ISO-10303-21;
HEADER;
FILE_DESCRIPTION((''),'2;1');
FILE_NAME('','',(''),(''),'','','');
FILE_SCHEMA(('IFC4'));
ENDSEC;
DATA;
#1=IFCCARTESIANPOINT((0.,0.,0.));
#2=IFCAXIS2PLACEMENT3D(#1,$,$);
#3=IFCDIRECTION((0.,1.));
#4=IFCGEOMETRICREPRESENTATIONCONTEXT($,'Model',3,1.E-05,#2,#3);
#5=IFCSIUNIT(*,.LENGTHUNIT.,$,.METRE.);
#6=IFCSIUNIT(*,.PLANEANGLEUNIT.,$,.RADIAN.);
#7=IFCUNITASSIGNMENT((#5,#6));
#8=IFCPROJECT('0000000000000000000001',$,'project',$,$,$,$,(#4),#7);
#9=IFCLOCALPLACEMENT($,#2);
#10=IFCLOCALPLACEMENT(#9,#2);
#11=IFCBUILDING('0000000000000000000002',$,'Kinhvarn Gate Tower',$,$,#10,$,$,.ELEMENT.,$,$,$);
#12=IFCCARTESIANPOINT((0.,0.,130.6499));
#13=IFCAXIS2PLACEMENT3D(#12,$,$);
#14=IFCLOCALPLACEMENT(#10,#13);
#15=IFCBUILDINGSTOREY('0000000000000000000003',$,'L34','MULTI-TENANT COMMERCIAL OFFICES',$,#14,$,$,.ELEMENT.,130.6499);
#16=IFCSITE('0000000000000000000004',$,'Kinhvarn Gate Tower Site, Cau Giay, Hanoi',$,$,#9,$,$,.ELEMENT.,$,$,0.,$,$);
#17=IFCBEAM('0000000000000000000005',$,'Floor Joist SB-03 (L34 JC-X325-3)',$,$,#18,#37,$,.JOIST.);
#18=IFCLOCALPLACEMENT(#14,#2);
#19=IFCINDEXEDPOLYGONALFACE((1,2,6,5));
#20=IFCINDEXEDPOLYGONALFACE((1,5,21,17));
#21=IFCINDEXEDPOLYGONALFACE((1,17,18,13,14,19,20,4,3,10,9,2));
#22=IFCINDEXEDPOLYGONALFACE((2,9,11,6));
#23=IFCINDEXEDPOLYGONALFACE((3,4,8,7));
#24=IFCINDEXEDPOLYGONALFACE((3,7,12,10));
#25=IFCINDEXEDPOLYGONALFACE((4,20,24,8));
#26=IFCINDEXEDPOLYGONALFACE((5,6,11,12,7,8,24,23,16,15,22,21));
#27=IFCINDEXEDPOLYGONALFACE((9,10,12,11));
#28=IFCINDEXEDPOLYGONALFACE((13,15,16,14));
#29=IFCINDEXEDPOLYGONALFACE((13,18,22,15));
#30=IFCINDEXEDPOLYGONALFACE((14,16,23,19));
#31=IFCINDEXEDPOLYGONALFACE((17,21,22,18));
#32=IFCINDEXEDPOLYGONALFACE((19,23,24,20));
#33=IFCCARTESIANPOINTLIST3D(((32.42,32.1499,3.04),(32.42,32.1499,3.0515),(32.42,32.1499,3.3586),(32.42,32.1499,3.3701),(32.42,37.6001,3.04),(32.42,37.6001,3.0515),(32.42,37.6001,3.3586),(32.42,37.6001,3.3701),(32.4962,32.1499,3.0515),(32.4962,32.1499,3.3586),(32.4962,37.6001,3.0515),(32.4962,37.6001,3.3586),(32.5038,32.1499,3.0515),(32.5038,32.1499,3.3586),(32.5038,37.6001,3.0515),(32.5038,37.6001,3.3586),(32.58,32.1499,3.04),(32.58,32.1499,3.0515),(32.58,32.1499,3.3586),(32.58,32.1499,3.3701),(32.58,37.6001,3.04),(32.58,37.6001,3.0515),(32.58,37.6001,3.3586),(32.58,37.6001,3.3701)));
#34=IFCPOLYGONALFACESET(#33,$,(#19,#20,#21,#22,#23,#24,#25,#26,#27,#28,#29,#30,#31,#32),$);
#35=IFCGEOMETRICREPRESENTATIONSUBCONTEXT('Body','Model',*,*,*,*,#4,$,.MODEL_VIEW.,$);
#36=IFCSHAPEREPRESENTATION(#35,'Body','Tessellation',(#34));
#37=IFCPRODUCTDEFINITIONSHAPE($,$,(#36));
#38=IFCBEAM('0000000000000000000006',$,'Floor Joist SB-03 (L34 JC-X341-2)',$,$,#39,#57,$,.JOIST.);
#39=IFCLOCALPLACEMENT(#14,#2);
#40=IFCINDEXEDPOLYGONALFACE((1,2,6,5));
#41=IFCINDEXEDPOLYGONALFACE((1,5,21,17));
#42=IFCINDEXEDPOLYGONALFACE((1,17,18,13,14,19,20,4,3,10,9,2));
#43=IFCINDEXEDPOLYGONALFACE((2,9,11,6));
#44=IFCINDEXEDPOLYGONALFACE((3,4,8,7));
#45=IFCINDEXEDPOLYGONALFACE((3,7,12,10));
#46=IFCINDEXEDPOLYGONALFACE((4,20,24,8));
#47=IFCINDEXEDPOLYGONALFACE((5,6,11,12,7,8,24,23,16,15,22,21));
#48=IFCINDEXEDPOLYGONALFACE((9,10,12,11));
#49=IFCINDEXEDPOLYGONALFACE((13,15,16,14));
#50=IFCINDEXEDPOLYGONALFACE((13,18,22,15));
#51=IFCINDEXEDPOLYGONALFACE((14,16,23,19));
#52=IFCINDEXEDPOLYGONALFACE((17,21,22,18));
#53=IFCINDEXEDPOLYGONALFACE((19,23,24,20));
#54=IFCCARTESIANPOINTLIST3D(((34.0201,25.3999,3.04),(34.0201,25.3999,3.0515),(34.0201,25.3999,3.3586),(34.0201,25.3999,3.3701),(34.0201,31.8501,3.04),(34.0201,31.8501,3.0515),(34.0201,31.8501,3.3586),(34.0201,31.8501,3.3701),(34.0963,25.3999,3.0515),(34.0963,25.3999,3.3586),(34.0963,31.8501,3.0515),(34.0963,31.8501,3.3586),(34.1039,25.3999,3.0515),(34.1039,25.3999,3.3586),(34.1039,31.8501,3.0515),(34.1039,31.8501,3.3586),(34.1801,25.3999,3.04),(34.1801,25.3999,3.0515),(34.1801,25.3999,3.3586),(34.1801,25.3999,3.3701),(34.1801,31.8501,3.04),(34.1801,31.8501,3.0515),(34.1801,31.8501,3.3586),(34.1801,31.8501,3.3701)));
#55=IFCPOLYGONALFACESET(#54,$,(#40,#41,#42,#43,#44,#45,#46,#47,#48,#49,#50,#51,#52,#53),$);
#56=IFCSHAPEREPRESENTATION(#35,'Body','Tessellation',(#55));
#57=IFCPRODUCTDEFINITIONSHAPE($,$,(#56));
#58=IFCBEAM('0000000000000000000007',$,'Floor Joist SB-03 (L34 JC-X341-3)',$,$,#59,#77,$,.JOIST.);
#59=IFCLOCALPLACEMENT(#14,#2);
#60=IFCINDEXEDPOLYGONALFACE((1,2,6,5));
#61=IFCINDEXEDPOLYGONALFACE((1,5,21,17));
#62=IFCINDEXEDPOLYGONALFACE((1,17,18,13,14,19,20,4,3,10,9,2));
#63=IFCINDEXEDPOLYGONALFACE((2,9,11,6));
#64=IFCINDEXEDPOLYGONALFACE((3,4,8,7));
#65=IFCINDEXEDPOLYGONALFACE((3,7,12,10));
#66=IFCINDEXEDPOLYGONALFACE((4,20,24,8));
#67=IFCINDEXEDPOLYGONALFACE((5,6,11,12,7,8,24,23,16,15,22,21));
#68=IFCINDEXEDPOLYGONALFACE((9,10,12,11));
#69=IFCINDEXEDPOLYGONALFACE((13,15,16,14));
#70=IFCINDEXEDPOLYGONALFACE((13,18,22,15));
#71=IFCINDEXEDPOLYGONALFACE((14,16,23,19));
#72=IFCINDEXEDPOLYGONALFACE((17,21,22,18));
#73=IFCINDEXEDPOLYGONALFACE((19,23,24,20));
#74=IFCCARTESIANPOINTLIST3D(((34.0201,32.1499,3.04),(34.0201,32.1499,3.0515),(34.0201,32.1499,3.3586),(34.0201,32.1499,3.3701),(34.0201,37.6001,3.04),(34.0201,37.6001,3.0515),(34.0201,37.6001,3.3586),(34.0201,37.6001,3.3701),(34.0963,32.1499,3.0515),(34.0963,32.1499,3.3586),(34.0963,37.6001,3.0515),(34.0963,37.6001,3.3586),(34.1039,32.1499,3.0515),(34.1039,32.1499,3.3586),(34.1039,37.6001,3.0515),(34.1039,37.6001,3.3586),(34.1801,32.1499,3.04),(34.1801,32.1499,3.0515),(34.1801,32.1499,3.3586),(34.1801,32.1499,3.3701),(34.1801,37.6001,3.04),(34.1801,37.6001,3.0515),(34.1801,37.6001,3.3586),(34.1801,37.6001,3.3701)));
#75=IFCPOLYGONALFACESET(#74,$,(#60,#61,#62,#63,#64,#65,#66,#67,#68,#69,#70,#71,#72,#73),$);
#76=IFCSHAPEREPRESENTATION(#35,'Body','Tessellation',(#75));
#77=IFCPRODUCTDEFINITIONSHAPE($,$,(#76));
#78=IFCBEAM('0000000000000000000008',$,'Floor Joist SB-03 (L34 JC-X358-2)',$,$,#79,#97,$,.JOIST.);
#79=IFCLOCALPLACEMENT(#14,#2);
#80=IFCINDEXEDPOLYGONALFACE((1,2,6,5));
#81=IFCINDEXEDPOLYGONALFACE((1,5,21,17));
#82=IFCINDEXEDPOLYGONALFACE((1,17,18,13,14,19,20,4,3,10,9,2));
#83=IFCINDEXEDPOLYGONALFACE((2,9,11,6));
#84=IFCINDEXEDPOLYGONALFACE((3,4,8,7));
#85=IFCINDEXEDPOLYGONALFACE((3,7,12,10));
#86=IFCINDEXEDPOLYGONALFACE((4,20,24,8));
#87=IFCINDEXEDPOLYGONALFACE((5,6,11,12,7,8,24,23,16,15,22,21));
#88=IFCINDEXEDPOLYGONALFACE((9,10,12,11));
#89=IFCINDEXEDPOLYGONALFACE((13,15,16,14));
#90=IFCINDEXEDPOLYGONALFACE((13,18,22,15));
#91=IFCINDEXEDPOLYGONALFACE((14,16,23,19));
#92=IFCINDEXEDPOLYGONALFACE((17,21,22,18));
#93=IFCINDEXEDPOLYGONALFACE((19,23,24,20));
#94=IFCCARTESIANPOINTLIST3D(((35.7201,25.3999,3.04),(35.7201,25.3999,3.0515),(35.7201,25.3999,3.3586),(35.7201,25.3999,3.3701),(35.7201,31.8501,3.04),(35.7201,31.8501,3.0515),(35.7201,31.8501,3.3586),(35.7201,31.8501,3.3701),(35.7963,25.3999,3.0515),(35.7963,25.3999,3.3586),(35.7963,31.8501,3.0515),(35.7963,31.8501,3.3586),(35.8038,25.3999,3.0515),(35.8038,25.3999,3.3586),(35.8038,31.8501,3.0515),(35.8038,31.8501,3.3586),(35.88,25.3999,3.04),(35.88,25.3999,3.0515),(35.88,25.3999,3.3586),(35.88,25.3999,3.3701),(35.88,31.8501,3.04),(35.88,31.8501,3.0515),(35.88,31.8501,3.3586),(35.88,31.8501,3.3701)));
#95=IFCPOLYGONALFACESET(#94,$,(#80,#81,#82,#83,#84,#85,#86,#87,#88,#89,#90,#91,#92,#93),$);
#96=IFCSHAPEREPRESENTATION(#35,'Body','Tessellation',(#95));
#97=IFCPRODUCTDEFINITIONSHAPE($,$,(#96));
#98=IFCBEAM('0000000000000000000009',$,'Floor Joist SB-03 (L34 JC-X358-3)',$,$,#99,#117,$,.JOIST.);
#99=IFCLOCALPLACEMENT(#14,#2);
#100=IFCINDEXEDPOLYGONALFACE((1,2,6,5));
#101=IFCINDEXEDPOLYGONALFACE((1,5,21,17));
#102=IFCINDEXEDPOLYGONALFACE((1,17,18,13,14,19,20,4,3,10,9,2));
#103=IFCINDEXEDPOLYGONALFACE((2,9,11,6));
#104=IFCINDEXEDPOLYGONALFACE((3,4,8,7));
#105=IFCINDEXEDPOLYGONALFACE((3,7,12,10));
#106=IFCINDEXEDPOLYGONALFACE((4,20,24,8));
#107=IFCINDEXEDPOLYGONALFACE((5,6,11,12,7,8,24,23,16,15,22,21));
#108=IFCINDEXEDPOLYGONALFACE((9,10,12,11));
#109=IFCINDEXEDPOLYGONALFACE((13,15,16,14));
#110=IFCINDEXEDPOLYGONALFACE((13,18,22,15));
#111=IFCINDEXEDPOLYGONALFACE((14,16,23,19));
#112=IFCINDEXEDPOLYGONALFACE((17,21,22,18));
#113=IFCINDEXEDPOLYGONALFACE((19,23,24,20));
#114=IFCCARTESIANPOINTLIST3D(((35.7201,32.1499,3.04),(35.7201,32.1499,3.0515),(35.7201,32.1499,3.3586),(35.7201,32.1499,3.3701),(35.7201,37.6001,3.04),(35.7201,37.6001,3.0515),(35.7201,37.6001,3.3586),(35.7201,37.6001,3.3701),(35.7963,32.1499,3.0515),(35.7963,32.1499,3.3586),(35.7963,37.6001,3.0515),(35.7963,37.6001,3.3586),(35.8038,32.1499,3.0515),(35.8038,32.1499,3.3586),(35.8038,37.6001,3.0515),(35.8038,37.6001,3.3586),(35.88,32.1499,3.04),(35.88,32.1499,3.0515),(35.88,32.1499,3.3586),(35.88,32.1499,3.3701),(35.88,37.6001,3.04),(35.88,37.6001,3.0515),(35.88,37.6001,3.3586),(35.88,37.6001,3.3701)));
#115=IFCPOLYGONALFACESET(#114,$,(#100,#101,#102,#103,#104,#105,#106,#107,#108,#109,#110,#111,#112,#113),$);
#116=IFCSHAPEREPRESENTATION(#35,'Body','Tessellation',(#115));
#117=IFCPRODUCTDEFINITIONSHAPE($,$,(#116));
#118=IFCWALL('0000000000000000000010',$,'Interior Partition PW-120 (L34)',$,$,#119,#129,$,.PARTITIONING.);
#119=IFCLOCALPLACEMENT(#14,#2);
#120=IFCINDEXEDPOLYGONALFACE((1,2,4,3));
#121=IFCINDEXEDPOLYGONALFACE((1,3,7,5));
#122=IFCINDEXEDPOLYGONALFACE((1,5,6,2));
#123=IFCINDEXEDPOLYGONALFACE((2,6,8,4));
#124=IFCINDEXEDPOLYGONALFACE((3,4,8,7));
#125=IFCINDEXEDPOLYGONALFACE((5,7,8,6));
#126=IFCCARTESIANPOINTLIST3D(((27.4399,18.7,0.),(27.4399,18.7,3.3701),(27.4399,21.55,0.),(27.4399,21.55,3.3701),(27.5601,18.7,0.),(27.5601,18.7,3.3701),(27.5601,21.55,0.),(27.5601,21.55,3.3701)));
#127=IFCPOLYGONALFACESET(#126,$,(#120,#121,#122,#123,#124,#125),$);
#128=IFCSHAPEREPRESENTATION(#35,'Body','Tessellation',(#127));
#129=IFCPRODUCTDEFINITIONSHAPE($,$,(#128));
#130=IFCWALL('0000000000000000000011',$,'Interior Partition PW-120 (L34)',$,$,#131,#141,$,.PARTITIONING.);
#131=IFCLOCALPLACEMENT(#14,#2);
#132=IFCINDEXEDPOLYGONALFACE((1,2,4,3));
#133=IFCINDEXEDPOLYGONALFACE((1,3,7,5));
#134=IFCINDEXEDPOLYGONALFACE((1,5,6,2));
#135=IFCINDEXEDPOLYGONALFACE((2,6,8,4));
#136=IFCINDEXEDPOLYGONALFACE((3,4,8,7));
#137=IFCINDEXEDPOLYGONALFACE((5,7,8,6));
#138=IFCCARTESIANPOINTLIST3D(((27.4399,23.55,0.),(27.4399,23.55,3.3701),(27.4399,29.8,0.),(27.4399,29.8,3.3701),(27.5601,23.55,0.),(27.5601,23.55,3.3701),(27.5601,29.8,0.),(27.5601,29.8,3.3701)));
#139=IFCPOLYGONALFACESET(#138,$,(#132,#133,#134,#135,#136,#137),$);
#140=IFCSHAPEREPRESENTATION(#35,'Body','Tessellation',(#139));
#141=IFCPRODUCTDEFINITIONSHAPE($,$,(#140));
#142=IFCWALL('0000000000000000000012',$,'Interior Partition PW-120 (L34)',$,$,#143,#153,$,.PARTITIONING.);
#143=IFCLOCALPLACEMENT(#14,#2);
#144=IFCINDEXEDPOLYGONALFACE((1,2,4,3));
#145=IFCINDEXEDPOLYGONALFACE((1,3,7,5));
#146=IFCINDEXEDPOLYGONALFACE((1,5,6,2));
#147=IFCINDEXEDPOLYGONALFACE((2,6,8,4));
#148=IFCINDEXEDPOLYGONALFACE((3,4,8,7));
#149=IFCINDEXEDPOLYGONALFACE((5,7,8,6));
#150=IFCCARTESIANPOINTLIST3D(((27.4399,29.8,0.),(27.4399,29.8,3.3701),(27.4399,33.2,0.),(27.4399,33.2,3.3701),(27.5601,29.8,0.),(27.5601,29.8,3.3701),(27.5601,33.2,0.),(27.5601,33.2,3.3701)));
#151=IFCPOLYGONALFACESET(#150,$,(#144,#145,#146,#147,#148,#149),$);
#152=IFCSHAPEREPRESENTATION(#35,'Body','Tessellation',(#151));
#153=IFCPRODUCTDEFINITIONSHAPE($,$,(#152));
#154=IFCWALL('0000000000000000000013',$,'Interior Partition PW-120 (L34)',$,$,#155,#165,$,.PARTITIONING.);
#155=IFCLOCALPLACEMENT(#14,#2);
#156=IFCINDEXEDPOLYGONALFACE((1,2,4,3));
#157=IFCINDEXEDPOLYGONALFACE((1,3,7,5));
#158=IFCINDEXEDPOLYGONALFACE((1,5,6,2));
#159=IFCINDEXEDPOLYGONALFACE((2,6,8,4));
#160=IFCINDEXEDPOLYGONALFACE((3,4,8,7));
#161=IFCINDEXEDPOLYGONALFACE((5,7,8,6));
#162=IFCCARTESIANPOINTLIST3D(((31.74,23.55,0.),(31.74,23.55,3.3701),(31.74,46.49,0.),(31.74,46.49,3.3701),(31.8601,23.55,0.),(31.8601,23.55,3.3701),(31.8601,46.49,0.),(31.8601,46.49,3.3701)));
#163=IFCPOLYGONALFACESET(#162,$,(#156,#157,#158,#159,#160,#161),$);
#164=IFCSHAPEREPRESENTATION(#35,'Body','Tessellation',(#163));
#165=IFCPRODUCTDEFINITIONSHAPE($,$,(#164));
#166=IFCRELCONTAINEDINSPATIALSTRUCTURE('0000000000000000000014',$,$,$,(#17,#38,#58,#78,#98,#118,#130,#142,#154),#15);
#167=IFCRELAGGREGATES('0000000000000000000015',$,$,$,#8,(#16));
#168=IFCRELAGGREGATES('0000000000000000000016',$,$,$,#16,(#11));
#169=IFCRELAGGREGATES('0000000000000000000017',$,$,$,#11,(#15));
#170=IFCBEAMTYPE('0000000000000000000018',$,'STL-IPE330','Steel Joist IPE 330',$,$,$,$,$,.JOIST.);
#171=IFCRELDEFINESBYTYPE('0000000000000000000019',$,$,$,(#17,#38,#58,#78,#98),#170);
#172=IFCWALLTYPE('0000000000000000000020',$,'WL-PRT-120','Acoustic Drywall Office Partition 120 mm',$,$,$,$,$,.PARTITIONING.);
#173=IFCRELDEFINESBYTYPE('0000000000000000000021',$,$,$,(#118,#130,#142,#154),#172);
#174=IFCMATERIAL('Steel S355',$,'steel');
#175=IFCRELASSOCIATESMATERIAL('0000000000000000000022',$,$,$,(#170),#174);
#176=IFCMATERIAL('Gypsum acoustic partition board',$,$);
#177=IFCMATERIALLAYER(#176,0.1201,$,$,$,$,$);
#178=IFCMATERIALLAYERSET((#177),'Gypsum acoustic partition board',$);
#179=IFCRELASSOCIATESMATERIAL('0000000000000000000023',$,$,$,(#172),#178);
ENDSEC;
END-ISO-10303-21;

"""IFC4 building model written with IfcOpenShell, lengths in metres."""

from ifc_helpers import new_model, si_unit, direction, frame, frame_2d, origin, origin_2d, place, context, subcontext, project, spatial, rectangle, i_section, extrude, material, layer, layer_set, material_profile, profile_set, type_object, element, save


model = new_model("IFC4")

# Units and contexts
model_context = context("Model", 3, precision=1e-05, world=origin(), true_north=direction((0.0, 1.0)))
body_context = subcontext(model_context, "Body", "Model", "MODEL_VIEW")
ifc_project = project(units=[si_unit("LENGTHUNIT", "METRE"), si_unit("PLANEANGLEUNIT", "RADIAN")], contexts=[model_context])

# Site, building, storey
site_placement = place(None, origin())
site = spatial("IfcSite", under=ifc_project, at=site_placement, Name="Kinhvarn Gate Tower Site, Cau Giay, Hanoi", CompositionType="ELEMENT", RefElevation=0.0)
building_placement = place(site_placement, origin())
building = spatial("IfcBuilding", under=site, at=building_placement, Name="Kinhvarn Gate Tower", CompositionType="ELEMENT")
storey_placement = place(building_placement, frame((0.0, 0.0, 130.6499)))
storey = spatial("IfcBuildingStorey", under=building, at=storey_placement, Name="L34", Description="MULTI-TENANT COMMERCIAL OFFICES", CompositionType="ELEMENT", Elevation=130.6499)

# Beams
ifc_material_1 = material(Name="Steel S355", Category="steel")
ifc_material_profile = material_profile(ifc_material_1, i_section(OverallWidth=0.1599, OverallDepth=0.3301, WebThickness=0.0076, FlangeThickness=0.0115, at=origin_2d()), Name="IPE 330")
ifc_profile_set = profile_set([ifc_material_profile], Name="Steel S355")
beam_type = type_object("IfcBeamType", Name="STL-IPE330", Description="Steel Joist IPE 330", PredefinedType="JOIST", material=ifc_profile_set)
beam_1_placement = place(storey_placement, frame((32.5, 32.1499, 3.2051), z_axis=(0.0, 1.0, 0.0), x_axis=(-1.0, 0.0, 0.0)))
element("IfcBeam", 1, at=beam_1_placement, inside=storey, type_object=beam_type, Name="Floor Joist SB-03 (L34 JC-X325-3)", PredefinedType="JOIST", context=body_context, shape_type="SweptSolid", body=[
    extrude(i_section(OverallWidth=0.1599, OverallDepth=0.3301, WebThickness=0.0076, FlangeThickness=0.0115, at=origin_2d()), origin(), (0.0, 0.0, 1.0), 5.4502),
])
beam_2_placement = place(storey_placement, frame((34.1001, 25.3999, 3.2051), z_axis=(0.0, 1.0, 0.0), x_axis=(-1.0, 0.0, 0.0)))
element("IfcBeam", 2, at=beam_2_placement, inside=storey, type_object=beam_type, Name="Floor Joist SB-03 (L34 JC-X341-2)", PredefinedType="JOIST", context=body_context, shape_type="SweptSolid", body=[
    extrude(i_section(OverallWidth=0.1599, OverallDepth=0.3301, WebThickness=0.0076, FlangeThickness=0.0115, at=origin_2d()), origin(), (0.0, 0.0, 1.0), 6.4502),
])
beam_3_placement = place(storey_placement, frame((34.1001, 32.1499, 3.2051), z_axis=(0.0, 1.0, 0.0), x_axis=(-1.0, 0.0, 0.0)))
element("IfcBeam", 3, at=beam_3_placement, inside=storey, type_object=beam_type, Name="Floor Joist SB-03 (L34 JC-X341-3)", PredefinedType="JOIST", context=body_context, shape_type="SweptSolid", body=[
    extrude(i_section(OverallWidth=0.1599, OverallDepth=0.3301, WebThickness=0.0076, FlangeThickness=0.0115, at=origin_2d()), origin(), (0.0, 0.0, 1.0), 5.4502),
])
beam_4_placement = place(storey_placement, frame((35.8, 25.3999, 3.2051), z_axis=(0.0, 1.0, 0.0), x_axis=(-1.0, 0.0, 0.0)))
element("IfcBeam", 4, at=beam_4_placement, inside=storey, type_object=beam_type, Name="Floor Joist SB-03 (L34 JC-X358-2)", PredefinedType="JOIST", context=body_context, shape_type="SweptSolid", body=[
    extrude(i_section(OverallWidth=0.1599, OverallDepth=0.3301, WebThickness=0.0076, FlangeThickness=0.0115, at=origin_2d()), origin(), (0.0, 0.0, 1.0), 6.4502),
])
beam_5_placement = place(storey_placement, frame((35.8, 32.1499, 3.2051), z_axis=(0.0, 1.0, 0.0), x_axis=(-1.0, 0.0, 0.0)))
element("IfcBeam", 5, at=beam_5_placement, inside=storey, type_object=beam_type, Name="Floor Joist SB-03 (L34 JC-X358-3)", PredefinedType="JOIST", context=body_context, shape_type="SweptSolid", body=[
    extrude(i_section(OverallWidth=0.1599, OverallDepth=0.3301, WebThickness=0.0076, FlangeThickness=0.0115, at=origin_2d()), origin(), (0.0, 0.0, 1.0), 5.4502),
])

# Walls
ifc_material_2 = material(Name="Gypsum acoustic partition board")
ifc_layer_1 = layer(ifc_material_2, 0.1201)
ifc_layer_set_1 = layer_set([ifc_layer_1], Name="Gypsum acoustic partition board")
wall_type_1 = type_object("IfcWallType", Name="WL-PRT-120", Description="Acoustic Drywall Office Partition 120 mm", PredefinedType="PARTITIONING", material=ifc_layer_set_1)
wall_1_placement = place(storey_placement, frame((27.5, 18.7, 0.0), z_axis=(0.0, 0.0, 1.0), x_axis=(0.0, 1.0, 0.0)))
element("IfcWall", 6, at=wall_1_placement, inside=storey, type_object=wall_type_1, Name="Interior Partition PW-120 (L34)", PredefinedType="PARTITIONING", context=body_context, shape_type="SweptSolid", body=[
    extrude(rectangle(XDim=2.8501, YDim=0.1201, at=frame_2d((1.425, 0.0))), origin(), (0.0, 0.0, 1.0), 3.3701),
])
wall_2_placement = place(storey_placement, frame((27.5, 23.55, 0.0), z_axis=(0.0, 0.0, 1.0), x_axis=(0.0, 1.0, 0.0)))
element("IfcWall", 7, at=wall_2_placement, inside=storey, type_object=wall_type_1, Name="Interior Partition PW-120 (L34)", PredefinedType="PARTITIONING", context=body_context, shape_type="SweptSolid", body=[
    extrude(rectangle(XDim=6.25, YDim=0.1201, at=frame_2d((3.125, 0.0))), origin(), (0.0, 0.0, 1.0), 3.3701),
])
wall_3_placement = place(storey_placement, frame((27.5, 29.8, 0.0), z_axis=(0.0, 0.0, 1.0), x_axis=(0.0, 1.0, 0.0)))
element("IfcWall", 8, at=wall_3_placement, inside=storey, type_object=wall_type_1, Name="Interior Partition PW-120 (L34)", PredefinedType="PARTITIONING", context=body_context, shape_type="SweptSolid", body=[
    extrude(rectangle(XDim=3.3999, YDim=0.1201, at=frame_2d((1.7, 0.0))), origin(), (0.0, 0.0, 1.0), 3.3701),
])
wall_4_placement = place(storey_placement, frame((31.8, 23.55, 0.0), z_axis=(0.0, 0.0, 1.0), x_axis=(0.0, 1.0, 0.0)))
element("IfcWall", 9, at=wall_4_placement, inside=storey, type_object=wall_type_1, Name="Interior Partition PW-120 (L34)", PredefinedType="PARTITIONING", context=body_context, shape_type="SweptSolid", body=[
    extrude(rectangle(XDim=22.9399, YDim=0.1201, at=frame_2d((11.47, 0.0))), origin(), (0.0, 0.0, 1.0), 3.3701),
])

save(model, "model.ifc")
